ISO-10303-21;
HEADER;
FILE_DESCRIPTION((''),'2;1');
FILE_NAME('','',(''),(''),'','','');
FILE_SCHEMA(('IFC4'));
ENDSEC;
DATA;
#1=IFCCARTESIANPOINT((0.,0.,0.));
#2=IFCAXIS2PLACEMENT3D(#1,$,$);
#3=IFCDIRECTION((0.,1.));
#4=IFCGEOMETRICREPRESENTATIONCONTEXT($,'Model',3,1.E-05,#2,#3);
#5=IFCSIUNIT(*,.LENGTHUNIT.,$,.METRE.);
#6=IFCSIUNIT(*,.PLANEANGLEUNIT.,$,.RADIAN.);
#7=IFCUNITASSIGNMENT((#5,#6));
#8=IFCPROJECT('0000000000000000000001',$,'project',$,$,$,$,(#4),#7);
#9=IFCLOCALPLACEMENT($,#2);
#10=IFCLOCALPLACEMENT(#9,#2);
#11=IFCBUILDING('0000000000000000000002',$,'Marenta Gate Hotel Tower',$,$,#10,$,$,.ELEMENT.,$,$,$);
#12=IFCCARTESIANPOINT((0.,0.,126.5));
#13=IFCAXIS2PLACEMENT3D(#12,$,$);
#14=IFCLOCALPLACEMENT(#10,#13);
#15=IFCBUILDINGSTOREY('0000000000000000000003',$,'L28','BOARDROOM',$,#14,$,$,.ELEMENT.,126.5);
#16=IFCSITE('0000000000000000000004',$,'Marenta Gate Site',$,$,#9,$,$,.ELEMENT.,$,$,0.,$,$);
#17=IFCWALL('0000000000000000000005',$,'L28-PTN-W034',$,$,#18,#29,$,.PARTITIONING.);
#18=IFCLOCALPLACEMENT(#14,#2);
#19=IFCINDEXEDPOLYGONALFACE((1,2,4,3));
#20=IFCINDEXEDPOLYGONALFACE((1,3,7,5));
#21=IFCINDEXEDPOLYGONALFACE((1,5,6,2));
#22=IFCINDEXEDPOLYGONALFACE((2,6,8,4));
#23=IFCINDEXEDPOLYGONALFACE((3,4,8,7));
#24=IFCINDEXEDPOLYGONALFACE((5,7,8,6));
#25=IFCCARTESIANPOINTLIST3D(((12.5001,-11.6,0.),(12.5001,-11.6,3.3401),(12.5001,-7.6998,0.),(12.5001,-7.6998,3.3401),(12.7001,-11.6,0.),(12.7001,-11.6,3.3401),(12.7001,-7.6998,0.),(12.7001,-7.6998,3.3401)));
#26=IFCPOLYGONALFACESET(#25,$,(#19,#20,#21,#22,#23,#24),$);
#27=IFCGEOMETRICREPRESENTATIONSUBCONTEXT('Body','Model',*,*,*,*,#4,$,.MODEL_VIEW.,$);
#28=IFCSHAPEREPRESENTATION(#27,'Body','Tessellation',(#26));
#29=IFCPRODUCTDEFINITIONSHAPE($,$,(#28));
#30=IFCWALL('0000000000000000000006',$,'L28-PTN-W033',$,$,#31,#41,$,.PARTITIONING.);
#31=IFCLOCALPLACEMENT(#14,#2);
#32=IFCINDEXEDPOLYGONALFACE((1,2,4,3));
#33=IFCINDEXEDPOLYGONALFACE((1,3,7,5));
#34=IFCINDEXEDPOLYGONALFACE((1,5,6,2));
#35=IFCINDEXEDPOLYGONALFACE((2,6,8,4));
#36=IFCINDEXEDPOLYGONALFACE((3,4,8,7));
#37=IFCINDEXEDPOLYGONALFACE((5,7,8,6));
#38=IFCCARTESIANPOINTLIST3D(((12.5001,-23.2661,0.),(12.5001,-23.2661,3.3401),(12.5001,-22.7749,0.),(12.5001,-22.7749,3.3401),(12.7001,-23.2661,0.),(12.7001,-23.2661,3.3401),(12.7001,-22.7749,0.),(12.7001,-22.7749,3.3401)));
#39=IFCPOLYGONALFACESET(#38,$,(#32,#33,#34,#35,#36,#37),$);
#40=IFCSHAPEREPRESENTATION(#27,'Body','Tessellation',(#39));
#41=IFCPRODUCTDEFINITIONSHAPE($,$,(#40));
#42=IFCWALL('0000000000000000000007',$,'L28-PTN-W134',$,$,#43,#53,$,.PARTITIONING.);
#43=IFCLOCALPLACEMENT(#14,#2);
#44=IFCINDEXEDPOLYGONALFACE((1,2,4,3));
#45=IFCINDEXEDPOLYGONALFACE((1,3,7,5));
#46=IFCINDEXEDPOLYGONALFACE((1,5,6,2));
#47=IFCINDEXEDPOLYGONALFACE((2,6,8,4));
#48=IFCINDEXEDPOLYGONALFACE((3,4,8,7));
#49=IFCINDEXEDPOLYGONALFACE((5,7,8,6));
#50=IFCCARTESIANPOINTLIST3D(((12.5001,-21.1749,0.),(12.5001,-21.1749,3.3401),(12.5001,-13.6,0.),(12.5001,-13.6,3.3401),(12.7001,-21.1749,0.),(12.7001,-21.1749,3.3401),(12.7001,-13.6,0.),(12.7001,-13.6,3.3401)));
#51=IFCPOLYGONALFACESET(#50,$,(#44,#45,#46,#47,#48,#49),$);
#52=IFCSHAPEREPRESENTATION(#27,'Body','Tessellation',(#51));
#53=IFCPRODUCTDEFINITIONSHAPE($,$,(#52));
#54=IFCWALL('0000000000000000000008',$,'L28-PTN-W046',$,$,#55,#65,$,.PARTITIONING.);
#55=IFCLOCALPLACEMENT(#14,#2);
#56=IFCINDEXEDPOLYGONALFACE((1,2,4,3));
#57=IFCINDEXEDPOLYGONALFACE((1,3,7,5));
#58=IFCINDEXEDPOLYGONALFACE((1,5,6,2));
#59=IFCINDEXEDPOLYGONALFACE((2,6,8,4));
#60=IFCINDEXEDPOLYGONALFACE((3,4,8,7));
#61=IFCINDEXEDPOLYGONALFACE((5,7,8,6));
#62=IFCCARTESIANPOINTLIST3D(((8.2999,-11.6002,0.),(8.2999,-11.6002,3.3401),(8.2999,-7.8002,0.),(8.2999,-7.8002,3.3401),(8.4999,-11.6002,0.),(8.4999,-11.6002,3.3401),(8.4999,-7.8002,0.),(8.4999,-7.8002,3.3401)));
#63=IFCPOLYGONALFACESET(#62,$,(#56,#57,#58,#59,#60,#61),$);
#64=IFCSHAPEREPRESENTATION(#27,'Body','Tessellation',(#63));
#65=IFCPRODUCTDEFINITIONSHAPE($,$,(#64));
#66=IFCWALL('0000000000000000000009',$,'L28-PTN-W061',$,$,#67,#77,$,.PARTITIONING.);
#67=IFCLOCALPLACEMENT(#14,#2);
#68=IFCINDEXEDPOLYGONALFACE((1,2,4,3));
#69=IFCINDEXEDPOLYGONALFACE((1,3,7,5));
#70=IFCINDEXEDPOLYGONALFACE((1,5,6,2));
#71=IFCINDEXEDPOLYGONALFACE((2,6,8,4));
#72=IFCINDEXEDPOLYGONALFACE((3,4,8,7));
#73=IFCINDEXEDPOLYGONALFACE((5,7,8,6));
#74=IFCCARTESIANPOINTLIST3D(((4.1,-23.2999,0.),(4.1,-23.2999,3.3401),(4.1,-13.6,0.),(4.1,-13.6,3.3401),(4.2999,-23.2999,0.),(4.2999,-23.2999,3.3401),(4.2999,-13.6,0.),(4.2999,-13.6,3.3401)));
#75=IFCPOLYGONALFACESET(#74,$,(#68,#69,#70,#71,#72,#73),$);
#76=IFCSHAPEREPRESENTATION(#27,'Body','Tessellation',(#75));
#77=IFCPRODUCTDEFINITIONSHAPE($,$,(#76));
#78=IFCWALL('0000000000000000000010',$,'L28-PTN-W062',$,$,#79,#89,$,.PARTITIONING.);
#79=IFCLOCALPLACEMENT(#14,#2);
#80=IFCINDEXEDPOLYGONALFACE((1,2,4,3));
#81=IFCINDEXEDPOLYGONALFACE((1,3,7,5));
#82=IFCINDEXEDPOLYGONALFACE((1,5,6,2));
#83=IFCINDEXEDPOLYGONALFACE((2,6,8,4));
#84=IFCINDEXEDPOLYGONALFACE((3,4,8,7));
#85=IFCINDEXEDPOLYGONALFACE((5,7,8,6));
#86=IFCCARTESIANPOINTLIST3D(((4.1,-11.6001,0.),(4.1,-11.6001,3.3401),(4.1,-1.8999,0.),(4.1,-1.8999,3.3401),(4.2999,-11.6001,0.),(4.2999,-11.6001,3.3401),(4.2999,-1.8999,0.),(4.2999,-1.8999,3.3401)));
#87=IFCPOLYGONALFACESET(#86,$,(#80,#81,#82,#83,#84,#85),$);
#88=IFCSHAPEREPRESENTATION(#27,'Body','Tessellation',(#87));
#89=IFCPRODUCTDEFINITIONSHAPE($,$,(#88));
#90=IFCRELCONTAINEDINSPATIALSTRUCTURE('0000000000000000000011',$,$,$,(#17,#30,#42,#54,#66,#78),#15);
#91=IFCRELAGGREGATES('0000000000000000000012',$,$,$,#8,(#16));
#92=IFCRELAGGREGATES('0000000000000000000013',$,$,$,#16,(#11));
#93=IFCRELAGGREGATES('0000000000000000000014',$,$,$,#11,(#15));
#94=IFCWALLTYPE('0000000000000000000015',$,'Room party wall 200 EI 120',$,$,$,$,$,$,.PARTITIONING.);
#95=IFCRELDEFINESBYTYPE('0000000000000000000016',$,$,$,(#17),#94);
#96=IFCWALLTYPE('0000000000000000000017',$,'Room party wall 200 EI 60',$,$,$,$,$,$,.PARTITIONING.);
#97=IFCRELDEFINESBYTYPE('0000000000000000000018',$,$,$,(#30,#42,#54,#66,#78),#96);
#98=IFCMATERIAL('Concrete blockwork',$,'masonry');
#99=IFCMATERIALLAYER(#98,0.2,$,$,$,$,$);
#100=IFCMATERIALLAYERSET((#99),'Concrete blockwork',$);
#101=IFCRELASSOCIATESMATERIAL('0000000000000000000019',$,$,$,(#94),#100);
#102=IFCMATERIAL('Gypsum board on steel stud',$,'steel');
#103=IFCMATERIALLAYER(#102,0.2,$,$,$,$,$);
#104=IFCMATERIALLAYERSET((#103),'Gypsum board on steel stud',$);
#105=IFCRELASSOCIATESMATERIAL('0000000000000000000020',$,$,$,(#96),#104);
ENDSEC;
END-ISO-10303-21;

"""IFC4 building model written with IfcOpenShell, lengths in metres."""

from ifc_helpers import new_model, si_unit, direction, frame, frame_2d, origin, place, context, subcontext, project, spatial, rectangle, extrude, material, layer, layer_set, type_object, element, save


model = new_model("IFC4")

# Units and contexts
model_context = context("Model", 3, precision=1e-05, world=origin(), true_north=direction((0.0, 1.0)))
body_context = subcontext(model_context, "Body", "Model", "MODEL_VIEW")
ifc_project = project(units=[si_unit("LENGTHUNIT", "METRE"), si_unit("PLANEANGLEUNIT", "RADIAN")], contexts=[model_context])

# Site, building, storey
site_placement = place(None, origin())
site = spatial("IfcSite", under=ifc_project, at=site_placement, Name="Marenta Gate Site", CompositionType="ELEMENT", RefElevation=0.0)
building_placement = place(site_placement, origin())
building = spatial("IfcBuilding", under=site, at=building_placement, Name="Marenta Gate Hotel Tower", CompositionType="ELEMENT")
storey_placement = place(building_placement, frame((0.0, 0.0, 126.5)))
storey = spatial("IfcBuildingStorey", under=building, at=storey_placement, Name="L28", Description="BOARDROOM", CompositionType="ELEMENT", Elevation=126.5)

# Walls
ifc_material_1 = material(Name="Concrete blockwork", Category="masonry")
ifc_layer_1 = layer(ifc_material_1, 0.2)
ifc_layer_set_1 = layer_set([ifc_layer_1], Name="Concrete blockwork")
wall_type_1 = type_object("IfcWallType", Name="Room party wall 200 EI 120", PredefinedType="PARTITIONING", material=ifc_layer_set_1)
wall_1_placement = place(storey_placement, frame((12.6001, -11.6001, 0.0), z_axis=(0.0, 0.0, 1.0), x_axis=(0.0, 1.0, 0.0)))
element("IfcWall", 1, at=wall_1_placement, inside=storey, type_object=wall_type_1, Name="L28-PTN-W034", PredefinedType="PARTITIONING", context=body_context, shape_type="SweptSolid", body=[
    extrude(rectangle(XDim=3.9001, YDim=0.2, at=frame_2d((1.9502, 0.0))), origin(), (0.0, 0.0, 1.0), 3.3401),
])
ifc_material_2 = material(Name="Gypsum board on steel stud", Category="steel")
ifc_layer_2 = layer(ifc_material_2, 0.2)
ifc_layer_set_2 = layer_set([ifc_layer_2], Name="Gypsum board on steel stud")
wall_type_2 = type_object("IfcWallType", Name="Room party wall 200 EI 60", PredefinedType="PARTITIONING", material=ifc_layer_set_2)
wall_2_placement = place(storey_placement, frame((12.6001, -23.2661, 0.0), z_axis=(0.0, 0.0, 1.0), x_axis=(0.0, 1.0, 0.0)))
element("IfcWall", 2, at=wall_2_placement, inside=storey, type_object=wall_type_2, Name="L28-PTN-W033", PredefinedType="PARTITIONING", context=body_context, shape_type="SweptSolid", body=[
    extrude(rectangle(XDim=0.4912, YDim=0.2, at=frame_2d((0.2456, 0.0))), origin(), (0.0, 0.0, 1.0), 3.3401),
])
wall_3_placement = place(storey_placement, frame((12.6001, -21.175, 0.0), z_axis=(0.0, 0.0, 1.0), x_axis=(0.0, 1.0, 0.0)))
element("IfcWall", 3, at=wall_3_placement, inside=storey, type_object=wall_type_2, Name="L28-PTN-W134", PredefinedType="PARTITIONING", context=body_context, shape_type="SweptSolid", body=[
    extrude(rectangle(XDim=7.575, YDim=0.2, at=frame_2d((3.7876, 0.0))), origin(), (0.0, 0.0, 1.0), 3.3401),
])
wall_4_placement = place(storey_placement, frame((8.3999, -11.6001, 0.0), z_axis=(0.0, 0.0, 1.0), x_axis=(0.0, 1.0, 0.0)))
element("IfcWall", 4, at=wall_4_placement, inside=storey, type_object=wall_type_2, Name="L28-PTN-W046", PredefinedType="PARTITIONING", context=body_context, shape_type="SweptSolid", body=[
    extrude(rectangle(XDim=3.8, YDim=0.2, at=frame_2d((1.8999, 0.0))), origin(), (0.0, 0.0, 1.0), 3.3401),
])
wall_5_placement = place(storey_placement, frame((4.2, -23.3, 0.0), z_axis=(0.0, 0.0, 1.0), x_axis=(0.0, 1.0, 0.0)))
element("IfcWall", 5, at=wall_5_placement, inside=storey, type_object=wall_type_2, Name="L28-PTN-W061", PredefinedType="PARTITIONING", context=body_context, shape_type="SweptSolid", body=[
    extrude(rectangle(XDim=9.7, YDim=0.2, at=frame_2d((4.8501, 0.0))), origin(), (0.0, 0.0, 1.0), 3.3401),
])
wall_6_placement = place(storey_placement, frame((4.2, -11.6001, 0.0), z_axis=(0.0, 0.0, 1.0), x_axis=(0.0, 1.0, 0.0)))
element("IfcWall", 6, at=wall_6_placement, inside=storey, type_object=wall_type_2, Name="L28-PTN-W062", PredefinedType="PARTITIONING", context=body_context, shape_type="SweptSolid", body=[
    extrude(rectangle(XDim=9.7002, YDim=0.2, at=frame_2d((4.8501, 0.0))), origin(), (0.0, 0.0, 1.0), 3.3401),
])

save(model, "model.ifc")
